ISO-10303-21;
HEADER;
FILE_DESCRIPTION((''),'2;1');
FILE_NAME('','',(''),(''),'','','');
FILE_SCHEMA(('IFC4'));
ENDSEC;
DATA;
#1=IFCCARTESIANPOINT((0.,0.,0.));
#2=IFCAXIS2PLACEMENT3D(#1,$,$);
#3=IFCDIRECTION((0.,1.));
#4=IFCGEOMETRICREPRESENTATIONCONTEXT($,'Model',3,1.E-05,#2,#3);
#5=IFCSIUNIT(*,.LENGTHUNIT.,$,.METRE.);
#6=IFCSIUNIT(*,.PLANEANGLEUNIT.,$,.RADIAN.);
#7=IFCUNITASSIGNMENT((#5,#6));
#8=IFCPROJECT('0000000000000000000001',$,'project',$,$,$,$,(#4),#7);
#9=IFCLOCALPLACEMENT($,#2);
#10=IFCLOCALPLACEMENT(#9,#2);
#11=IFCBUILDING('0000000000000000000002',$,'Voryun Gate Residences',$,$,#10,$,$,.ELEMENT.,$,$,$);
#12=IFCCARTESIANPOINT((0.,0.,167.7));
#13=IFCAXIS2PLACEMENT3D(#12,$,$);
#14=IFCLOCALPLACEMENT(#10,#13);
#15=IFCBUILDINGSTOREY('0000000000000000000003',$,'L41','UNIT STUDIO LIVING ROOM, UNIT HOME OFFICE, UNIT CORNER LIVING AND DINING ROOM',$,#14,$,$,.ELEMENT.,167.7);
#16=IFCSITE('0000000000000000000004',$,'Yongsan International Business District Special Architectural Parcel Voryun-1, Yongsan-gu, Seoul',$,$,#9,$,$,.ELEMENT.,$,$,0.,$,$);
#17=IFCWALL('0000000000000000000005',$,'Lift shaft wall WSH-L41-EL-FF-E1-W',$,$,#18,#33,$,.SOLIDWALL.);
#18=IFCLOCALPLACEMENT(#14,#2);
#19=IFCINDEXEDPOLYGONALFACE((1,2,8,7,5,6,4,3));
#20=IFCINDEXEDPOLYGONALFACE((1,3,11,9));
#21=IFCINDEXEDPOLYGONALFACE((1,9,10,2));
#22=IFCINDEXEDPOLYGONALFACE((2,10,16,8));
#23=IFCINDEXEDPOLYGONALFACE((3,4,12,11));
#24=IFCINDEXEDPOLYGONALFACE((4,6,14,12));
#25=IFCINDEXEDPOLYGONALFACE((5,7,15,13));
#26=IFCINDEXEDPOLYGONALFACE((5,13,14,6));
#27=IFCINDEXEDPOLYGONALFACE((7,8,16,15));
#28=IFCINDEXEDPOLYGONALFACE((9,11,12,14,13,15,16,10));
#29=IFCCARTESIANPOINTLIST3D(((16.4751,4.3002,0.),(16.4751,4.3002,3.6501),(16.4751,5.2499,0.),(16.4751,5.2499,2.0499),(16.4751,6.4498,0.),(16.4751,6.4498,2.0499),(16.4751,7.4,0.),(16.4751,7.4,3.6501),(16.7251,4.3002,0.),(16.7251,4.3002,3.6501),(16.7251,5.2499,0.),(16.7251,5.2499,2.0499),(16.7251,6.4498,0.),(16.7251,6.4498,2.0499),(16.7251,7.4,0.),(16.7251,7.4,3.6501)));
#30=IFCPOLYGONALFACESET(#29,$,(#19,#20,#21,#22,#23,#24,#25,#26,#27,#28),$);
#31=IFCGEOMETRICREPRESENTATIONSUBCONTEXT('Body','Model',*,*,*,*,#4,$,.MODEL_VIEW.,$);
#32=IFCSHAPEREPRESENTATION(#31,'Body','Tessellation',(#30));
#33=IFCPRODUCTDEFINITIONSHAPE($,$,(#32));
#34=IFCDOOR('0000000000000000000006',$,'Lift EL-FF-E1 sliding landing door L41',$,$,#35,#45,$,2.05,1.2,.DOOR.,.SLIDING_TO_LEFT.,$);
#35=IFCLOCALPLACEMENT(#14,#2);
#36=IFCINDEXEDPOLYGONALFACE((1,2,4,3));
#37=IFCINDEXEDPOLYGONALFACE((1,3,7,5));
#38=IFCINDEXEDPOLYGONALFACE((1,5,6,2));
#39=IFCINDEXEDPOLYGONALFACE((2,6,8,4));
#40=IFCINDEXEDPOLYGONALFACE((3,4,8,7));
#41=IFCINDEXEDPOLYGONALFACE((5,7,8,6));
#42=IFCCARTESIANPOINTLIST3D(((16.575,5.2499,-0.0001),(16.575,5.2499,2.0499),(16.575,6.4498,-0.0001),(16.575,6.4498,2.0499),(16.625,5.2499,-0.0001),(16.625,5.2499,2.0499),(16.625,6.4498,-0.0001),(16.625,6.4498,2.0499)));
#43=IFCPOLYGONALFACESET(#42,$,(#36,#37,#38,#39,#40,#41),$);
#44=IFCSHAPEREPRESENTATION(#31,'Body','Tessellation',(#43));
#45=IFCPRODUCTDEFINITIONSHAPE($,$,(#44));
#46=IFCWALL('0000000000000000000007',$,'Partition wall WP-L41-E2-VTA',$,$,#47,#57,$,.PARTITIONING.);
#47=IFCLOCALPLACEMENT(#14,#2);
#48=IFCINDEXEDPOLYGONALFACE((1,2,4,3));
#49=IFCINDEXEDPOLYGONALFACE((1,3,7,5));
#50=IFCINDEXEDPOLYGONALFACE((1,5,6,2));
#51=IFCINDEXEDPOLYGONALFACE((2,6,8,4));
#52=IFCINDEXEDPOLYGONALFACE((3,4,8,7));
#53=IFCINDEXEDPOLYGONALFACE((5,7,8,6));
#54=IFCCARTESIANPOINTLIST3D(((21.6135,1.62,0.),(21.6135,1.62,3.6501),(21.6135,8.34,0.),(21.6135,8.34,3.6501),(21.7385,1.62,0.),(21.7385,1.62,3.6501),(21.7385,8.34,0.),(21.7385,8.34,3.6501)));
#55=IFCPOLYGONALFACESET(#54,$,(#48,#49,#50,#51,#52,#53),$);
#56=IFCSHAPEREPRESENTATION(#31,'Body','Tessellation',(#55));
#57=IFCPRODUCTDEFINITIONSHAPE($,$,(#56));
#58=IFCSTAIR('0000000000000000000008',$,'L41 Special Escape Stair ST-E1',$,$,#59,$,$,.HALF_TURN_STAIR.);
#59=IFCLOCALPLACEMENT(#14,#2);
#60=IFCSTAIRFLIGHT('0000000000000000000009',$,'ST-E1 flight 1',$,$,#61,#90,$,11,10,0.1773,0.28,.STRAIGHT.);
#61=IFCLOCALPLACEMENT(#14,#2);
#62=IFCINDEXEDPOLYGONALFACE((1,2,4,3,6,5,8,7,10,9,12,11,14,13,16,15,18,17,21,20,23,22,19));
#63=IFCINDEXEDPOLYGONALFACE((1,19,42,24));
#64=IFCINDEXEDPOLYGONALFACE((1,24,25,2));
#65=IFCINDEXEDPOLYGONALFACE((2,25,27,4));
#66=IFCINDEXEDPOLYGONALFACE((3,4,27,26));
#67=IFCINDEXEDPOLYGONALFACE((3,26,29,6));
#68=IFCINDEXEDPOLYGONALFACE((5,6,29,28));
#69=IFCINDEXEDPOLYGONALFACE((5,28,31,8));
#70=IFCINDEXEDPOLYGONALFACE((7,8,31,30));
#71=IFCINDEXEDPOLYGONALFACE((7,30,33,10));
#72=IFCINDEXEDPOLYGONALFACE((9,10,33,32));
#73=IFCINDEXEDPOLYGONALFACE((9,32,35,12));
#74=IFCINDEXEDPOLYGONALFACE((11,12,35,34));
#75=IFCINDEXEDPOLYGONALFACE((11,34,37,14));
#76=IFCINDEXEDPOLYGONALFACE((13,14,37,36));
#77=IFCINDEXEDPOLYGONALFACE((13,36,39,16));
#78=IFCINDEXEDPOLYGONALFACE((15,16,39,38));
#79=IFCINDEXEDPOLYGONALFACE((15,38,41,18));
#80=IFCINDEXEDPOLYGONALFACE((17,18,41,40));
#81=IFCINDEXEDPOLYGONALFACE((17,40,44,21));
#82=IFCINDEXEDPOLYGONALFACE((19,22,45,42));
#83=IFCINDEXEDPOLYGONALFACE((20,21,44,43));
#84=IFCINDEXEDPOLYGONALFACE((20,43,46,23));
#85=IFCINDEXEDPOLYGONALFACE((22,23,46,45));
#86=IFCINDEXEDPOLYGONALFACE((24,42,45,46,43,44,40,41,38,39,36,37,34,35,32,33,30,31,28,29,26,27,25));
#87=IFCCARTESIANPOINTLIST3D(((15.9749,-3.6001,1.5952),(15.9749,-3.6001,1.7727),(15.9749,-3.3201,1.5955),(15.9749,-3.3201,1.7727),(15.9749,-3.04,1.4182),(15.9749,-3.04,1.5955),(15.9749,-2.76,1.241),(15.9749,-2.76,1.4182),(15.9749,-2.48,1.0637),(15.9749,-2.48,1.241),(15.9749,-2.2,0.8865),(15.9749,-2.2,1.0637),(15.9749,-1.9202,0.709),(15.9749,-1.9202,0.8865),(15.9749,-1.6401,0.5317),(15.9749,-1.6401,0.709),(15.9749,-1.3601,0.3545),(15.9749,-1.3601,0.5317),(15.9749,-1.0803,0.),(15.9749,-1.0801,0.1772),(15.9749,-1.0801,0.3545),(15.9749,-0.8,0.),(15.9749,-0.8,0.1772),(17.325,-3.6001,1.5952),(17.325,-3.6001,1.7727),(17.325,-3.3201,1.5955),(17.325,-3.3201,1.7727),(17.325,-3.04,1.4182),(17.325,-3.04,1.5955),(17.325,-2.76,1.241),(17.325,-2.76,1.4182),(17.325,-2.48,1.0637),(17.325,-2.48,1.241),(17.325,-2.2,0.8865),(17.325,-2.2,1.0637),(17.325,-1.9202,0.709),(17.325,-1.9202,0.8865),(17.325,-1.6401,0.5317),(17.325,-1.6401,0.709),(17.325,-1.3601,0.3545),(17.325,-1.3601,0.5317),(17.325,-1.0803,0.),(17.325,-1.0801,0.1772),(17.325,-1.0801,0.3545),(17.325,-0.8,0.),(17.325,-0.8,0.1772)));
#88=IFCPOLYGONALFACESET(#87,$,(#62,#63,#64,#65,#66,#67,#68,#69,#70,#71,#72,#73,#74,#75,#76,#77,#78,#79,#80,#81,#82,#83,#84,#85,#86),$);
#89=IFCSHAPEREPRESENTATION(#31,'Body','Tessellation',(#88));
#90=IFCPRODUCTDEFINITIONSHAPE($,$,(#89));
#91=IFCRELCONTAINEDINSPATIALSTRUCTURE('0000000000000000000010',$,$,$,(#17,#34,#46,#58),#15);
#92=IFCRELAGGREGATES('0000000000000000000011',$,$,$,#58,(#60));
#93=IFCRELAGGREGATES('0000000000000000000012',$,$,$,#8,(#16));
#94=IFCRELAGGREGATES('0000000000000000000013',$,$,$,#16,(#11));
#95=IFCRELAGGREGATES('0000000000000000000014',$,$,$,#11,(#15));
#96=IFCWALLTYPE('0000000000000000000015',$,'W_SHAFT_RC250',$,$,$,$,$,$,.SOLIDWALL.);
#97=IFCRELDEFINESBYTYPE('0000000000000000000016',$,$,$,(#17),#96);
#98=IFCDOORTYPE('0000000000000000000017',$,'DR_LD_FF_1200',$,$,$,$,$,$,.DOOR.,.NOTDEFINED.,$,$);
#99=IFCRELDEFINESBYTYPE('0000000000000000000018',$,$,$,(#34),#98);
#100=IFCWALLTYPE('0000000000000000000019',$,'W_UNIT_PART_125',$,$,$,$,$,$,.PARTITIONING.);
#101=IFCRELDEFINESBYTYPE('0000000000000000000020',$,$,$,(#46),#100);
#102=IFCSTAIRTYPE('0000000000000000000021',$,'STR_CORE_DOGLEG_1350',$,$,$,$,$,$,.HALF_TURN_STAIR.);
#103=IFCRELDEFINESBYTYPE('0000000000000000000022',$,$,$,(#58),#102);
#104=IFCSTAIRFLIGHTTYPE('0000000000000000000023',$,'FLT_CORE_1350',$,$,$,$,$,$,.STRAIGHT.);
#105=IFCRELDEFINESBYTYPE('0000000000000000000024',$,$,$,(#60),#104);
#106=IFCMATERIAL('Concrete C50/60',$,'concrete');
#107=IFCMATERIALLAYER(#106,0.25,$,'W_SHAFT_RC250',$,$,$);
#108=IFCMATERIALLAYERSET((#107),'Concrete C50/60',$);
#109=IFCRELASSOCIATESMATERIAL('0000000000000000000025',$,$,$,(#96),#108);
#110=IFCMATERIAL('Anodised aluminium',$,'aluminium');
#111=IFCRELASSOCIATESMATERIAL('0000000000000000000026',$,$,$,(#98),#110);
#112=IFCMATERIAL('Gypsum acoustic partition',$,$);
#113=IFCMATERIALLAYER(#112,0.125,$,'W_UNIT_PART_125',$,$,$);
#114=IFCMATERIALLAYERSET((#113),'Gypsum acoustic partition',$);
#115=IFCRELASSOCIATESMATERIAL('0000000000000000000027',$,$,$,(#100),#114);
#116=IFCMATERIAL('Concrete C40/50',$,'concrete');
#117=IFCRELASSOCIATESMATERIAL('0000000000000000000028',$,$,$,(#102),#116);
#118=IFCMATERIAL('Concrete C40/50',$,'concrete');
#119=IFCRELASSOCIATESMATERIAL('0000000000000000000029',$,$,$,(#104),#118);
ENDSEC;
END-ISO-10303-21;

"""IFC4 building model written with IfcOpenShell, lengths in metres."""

from ifc_helpers import new_model, si_unit, direction, frame, frame_2d, origin, place, context, subcontext, project, spatial, polyline, rectangle, outline, extrude, material, layer, layer_set, type_object, element, fill, aggregate, save


model = new_model("IFC4")

# Units and contexts
model_context = context("Model", 3, precision=1e-05, world=origin(), true_north=direction((0.0, 1.0)))
body_context = subcontext(model_context, "Body", "Model", "MODEL_VIEW")
ifc_project = project(units=[si_unit("LENGTHUNIT", "METRE"), si_unit("PLANEANGLEUNIT", "RADIAN")], contexts=[model_context])

# Site, building, storey
site_placement = place(None, origin())
site = spatial("IfcSite", under=ifc_project, at=site_placement, Name="Yongsan International Business District Special Architectural Parcel Voryun-1, Yongsan-gu, Seoul", CompositionType="ELEMENT", RefElevation=0.0)
building_placement = place(site_placement, origin())
building = spatial("IfcBuilding", under=site, at=building_placement, Name="Voryun Gate Residences", CompositionType="ELEMENT")
storey_placement = place(building_placement, frame((0.0, 0.0, 167.7)))
storey = spatial("IfcBuildingStorey", under=building, at=storey_placement, Name="L41", Description="UNIT STUDIO LIVING ROOM, UNIT HOME OFFICE, UNIT CORNER LIVING AND DINING ROOM", CompositionType="ELEMENT", Elevation=167.7)

# Shared definitions
ifc_material_1 = material(Name="Concrete C50/60", Category="concrete")
ifc_layer_1 = layer(ifc_material_1, 0.25, Name="W_SHAFT_RC250")
ifc_layer_set_1 = layer_set([ifc_layer_1], Name="Concrete C50/60")
wall_type_1 = type_object("IfcWallType", Name="W_SHAFT_RC250", PredefinedType="SOLIDWALL", material=ifc_layer_set_1)

# Wall, opening, door
wall_1_placement = place(storey_placement, frame((16.6001, 7.3999, 0.0), z_axis=(0.0, 0.0, 1.0), x_axis=(0.0, -1.0, 0.0)))
wall_1 = element("IfcWall", 1, at=wall_1_placement, inside=storey, type_object=wall_type_1, Name="Lift shaft wall WSH-L41-EL-FF-E1-W", PredefinedType="SOLIDWALL", context=body_context, shape_type="SweptSolid", body=[
    extrude(rectangle(XDim=3.0999, YDim=0.25, at=frame_2d((1.5498, 0.0))), origin(), (0.0, 0.0, 1.0), 3.6501),
])
opening_1_placement = place(wall_1_placement, frame((0.95, 0.0, 0.0)))
opening_1 = element("IfcOpeningElement", 2, at=opening_1_placement, cuts=wall_1, PredefinedType="OPENING", context=body_context, shape_type="SweptSolid", body=[
    extrude(rectangle(XDim=1.2, YDim=2.05, at=frame_2d((0.6001, 1.0249))), frame((0.0, 0.135, 0.0), z_axis=(0.0, -1.0, 0.0), x_axis=(1.0, 0.0, 0.0)), (0.0, 0.0, 1.0), 0.27),
])
ifc_material_2 = material(Name="Anodised aluminium", Category="aluminium")
door_type_1 = type_object("IfcDoorType", Name="DR_LD_FF_1200", OperationType="NOTDEFINED", PredefinedType="DOOR", material=ifc_material_2)
door_1_placement = place(opening_1_placement, origin())
door_1 = element("IfcDoor", 3, at=door_1_placement, inside=storey, type_object=door_type_1, Name="Lift EL-FF-E1 sliding landing door L41", OperationType="SLIDING_TO_LEFT", OverallHeight=2.05, OverallWidth=1.2, PredefinedType="DOOR", context=body_context, shape_type="SweptSolid", body=[
    extrude(rectangle(XDim=1.2, YDim=2.05, at=frame_2d((0.6001, 1.0249))), frame((0.0, 0.0249, 0.0), z_axis=(0.0, -1.0, 0.0), x_axis=(1.0, 0.0, 0.0)), (0.0, 0.0, 1.0), 0.05),
])
fill(opening_1, door_1)

# Wall
ifc_material_3 = material(Name="Gypsum acoustic partition")
ifc_layer_2 = layer(ifc_material_3, 0.125, Name="W_UNIT_PART_125")
ifc_layer_set_2 = layer_set([ifc_layer_2], Name="Gypsum acoustic partition")
wall_type_2 = type_object("IfcWallType", Name="W_UNIT_PART_125", PredefinedType="PARTITIONING", material=ifc_layer_set_2)
wall_2_placement = place(storey_placement, frame((21.676, 1.6201, 0.0), z_axis=(0.0, 0.0, 1.0), x_axis=(0.0, 1.0, 0.0)))
element("IfcWall", 4, at=wall_2_placement, inside=storey, type_object=wall_type_2, Name="Partition wall WP-L41-E2-VTA", PredefinedType="PARTITIONING", context=body_context, shape_type="SweptSolid", body=[
    extrude(rectangle(XDim=6.72, YDim=0.125, at=frame_2d((3.3599, 0.0))), origin(), (0.0, 0.0, 1.0), 3.6501),
])

# Stair, stair flight
ifc_material_4 = material(Name="Concrete C40/50", Category="concrete")
stair_type = type_object("IfcStairType", Name="STR_CORE_DOGLEG_1350", PredefinedType="HALF_TURN_STAIR", material=ifc_material_4)
stair_placement = place(storey_placement, origin())
stair = element("IfcStair", 5, at=stair_placement, inside=storey, type_object=stair_type, Name="L41 Special Escape Stair ST-E1", PredefinedType="HALF_TURN_STAIR")
ifc_material_5 = material(Name="Concrete C40/50", Category="concrete")
stair_flight_type = type_object("IfcStairFlightType", Name="FLT_CORE_1350", PredefinedType="STRAIGHT", material=ifc_material_5)
stair_flight_placement = place(storey_placement, frame((16.6499, -0.8, 0.0), z_axis=(0.0, 0.0, 1.0), x_axis=(0.0, -1.0, 0.0)))
stair_flight = element("IfcStairFlight", 6, at=stair_flight_placement, type_object=stair_flight_type, Name="ST-E1 flight 1", NumberOfRisers=11, NumberOfTreads=10, PredefinedType="STRAIGHT", RiserHeight=0.1773, TreadLength=0.28, context=body_context, shape_type="SweptSolid", body=[
    extrude(outline(polyline([(0.0, 0.0), (0.0, 0.1772), (0.28, 0.1772), (0.28, 0.3545), (0.5601, 0.3545), (0.5601, 0.5317), (0.8401, 0.5317), (0.8401, 0.709), (1.1201, 0.709), (1.1201, 0.8865), (1.3999, 0.8865), (1.3999, 1.0637), (1.6799, 1.0637), (1.6799, 1.241), (1.96, 1.241), (1.96, 1.4182), (2.24, 1.4182), (2.24, 1.5955), (2.52, 1.5955), (2.52, 1.7727), (2.8, 1.7727), (2.8, 1.95), (2.8, 1.5952), (0.2803, 0.0), (0.0, 0.0)])), frame((0.0, 0.675, 0.0), z_axis=(0.0, -1.0, 0.0), x_axis=(1.0, 0.0, 0.0)), (0.0, 0.0, 1.0), 1.3501),
])
aggregate(stair, [stair_flight])

save(model, "model.ifc")
